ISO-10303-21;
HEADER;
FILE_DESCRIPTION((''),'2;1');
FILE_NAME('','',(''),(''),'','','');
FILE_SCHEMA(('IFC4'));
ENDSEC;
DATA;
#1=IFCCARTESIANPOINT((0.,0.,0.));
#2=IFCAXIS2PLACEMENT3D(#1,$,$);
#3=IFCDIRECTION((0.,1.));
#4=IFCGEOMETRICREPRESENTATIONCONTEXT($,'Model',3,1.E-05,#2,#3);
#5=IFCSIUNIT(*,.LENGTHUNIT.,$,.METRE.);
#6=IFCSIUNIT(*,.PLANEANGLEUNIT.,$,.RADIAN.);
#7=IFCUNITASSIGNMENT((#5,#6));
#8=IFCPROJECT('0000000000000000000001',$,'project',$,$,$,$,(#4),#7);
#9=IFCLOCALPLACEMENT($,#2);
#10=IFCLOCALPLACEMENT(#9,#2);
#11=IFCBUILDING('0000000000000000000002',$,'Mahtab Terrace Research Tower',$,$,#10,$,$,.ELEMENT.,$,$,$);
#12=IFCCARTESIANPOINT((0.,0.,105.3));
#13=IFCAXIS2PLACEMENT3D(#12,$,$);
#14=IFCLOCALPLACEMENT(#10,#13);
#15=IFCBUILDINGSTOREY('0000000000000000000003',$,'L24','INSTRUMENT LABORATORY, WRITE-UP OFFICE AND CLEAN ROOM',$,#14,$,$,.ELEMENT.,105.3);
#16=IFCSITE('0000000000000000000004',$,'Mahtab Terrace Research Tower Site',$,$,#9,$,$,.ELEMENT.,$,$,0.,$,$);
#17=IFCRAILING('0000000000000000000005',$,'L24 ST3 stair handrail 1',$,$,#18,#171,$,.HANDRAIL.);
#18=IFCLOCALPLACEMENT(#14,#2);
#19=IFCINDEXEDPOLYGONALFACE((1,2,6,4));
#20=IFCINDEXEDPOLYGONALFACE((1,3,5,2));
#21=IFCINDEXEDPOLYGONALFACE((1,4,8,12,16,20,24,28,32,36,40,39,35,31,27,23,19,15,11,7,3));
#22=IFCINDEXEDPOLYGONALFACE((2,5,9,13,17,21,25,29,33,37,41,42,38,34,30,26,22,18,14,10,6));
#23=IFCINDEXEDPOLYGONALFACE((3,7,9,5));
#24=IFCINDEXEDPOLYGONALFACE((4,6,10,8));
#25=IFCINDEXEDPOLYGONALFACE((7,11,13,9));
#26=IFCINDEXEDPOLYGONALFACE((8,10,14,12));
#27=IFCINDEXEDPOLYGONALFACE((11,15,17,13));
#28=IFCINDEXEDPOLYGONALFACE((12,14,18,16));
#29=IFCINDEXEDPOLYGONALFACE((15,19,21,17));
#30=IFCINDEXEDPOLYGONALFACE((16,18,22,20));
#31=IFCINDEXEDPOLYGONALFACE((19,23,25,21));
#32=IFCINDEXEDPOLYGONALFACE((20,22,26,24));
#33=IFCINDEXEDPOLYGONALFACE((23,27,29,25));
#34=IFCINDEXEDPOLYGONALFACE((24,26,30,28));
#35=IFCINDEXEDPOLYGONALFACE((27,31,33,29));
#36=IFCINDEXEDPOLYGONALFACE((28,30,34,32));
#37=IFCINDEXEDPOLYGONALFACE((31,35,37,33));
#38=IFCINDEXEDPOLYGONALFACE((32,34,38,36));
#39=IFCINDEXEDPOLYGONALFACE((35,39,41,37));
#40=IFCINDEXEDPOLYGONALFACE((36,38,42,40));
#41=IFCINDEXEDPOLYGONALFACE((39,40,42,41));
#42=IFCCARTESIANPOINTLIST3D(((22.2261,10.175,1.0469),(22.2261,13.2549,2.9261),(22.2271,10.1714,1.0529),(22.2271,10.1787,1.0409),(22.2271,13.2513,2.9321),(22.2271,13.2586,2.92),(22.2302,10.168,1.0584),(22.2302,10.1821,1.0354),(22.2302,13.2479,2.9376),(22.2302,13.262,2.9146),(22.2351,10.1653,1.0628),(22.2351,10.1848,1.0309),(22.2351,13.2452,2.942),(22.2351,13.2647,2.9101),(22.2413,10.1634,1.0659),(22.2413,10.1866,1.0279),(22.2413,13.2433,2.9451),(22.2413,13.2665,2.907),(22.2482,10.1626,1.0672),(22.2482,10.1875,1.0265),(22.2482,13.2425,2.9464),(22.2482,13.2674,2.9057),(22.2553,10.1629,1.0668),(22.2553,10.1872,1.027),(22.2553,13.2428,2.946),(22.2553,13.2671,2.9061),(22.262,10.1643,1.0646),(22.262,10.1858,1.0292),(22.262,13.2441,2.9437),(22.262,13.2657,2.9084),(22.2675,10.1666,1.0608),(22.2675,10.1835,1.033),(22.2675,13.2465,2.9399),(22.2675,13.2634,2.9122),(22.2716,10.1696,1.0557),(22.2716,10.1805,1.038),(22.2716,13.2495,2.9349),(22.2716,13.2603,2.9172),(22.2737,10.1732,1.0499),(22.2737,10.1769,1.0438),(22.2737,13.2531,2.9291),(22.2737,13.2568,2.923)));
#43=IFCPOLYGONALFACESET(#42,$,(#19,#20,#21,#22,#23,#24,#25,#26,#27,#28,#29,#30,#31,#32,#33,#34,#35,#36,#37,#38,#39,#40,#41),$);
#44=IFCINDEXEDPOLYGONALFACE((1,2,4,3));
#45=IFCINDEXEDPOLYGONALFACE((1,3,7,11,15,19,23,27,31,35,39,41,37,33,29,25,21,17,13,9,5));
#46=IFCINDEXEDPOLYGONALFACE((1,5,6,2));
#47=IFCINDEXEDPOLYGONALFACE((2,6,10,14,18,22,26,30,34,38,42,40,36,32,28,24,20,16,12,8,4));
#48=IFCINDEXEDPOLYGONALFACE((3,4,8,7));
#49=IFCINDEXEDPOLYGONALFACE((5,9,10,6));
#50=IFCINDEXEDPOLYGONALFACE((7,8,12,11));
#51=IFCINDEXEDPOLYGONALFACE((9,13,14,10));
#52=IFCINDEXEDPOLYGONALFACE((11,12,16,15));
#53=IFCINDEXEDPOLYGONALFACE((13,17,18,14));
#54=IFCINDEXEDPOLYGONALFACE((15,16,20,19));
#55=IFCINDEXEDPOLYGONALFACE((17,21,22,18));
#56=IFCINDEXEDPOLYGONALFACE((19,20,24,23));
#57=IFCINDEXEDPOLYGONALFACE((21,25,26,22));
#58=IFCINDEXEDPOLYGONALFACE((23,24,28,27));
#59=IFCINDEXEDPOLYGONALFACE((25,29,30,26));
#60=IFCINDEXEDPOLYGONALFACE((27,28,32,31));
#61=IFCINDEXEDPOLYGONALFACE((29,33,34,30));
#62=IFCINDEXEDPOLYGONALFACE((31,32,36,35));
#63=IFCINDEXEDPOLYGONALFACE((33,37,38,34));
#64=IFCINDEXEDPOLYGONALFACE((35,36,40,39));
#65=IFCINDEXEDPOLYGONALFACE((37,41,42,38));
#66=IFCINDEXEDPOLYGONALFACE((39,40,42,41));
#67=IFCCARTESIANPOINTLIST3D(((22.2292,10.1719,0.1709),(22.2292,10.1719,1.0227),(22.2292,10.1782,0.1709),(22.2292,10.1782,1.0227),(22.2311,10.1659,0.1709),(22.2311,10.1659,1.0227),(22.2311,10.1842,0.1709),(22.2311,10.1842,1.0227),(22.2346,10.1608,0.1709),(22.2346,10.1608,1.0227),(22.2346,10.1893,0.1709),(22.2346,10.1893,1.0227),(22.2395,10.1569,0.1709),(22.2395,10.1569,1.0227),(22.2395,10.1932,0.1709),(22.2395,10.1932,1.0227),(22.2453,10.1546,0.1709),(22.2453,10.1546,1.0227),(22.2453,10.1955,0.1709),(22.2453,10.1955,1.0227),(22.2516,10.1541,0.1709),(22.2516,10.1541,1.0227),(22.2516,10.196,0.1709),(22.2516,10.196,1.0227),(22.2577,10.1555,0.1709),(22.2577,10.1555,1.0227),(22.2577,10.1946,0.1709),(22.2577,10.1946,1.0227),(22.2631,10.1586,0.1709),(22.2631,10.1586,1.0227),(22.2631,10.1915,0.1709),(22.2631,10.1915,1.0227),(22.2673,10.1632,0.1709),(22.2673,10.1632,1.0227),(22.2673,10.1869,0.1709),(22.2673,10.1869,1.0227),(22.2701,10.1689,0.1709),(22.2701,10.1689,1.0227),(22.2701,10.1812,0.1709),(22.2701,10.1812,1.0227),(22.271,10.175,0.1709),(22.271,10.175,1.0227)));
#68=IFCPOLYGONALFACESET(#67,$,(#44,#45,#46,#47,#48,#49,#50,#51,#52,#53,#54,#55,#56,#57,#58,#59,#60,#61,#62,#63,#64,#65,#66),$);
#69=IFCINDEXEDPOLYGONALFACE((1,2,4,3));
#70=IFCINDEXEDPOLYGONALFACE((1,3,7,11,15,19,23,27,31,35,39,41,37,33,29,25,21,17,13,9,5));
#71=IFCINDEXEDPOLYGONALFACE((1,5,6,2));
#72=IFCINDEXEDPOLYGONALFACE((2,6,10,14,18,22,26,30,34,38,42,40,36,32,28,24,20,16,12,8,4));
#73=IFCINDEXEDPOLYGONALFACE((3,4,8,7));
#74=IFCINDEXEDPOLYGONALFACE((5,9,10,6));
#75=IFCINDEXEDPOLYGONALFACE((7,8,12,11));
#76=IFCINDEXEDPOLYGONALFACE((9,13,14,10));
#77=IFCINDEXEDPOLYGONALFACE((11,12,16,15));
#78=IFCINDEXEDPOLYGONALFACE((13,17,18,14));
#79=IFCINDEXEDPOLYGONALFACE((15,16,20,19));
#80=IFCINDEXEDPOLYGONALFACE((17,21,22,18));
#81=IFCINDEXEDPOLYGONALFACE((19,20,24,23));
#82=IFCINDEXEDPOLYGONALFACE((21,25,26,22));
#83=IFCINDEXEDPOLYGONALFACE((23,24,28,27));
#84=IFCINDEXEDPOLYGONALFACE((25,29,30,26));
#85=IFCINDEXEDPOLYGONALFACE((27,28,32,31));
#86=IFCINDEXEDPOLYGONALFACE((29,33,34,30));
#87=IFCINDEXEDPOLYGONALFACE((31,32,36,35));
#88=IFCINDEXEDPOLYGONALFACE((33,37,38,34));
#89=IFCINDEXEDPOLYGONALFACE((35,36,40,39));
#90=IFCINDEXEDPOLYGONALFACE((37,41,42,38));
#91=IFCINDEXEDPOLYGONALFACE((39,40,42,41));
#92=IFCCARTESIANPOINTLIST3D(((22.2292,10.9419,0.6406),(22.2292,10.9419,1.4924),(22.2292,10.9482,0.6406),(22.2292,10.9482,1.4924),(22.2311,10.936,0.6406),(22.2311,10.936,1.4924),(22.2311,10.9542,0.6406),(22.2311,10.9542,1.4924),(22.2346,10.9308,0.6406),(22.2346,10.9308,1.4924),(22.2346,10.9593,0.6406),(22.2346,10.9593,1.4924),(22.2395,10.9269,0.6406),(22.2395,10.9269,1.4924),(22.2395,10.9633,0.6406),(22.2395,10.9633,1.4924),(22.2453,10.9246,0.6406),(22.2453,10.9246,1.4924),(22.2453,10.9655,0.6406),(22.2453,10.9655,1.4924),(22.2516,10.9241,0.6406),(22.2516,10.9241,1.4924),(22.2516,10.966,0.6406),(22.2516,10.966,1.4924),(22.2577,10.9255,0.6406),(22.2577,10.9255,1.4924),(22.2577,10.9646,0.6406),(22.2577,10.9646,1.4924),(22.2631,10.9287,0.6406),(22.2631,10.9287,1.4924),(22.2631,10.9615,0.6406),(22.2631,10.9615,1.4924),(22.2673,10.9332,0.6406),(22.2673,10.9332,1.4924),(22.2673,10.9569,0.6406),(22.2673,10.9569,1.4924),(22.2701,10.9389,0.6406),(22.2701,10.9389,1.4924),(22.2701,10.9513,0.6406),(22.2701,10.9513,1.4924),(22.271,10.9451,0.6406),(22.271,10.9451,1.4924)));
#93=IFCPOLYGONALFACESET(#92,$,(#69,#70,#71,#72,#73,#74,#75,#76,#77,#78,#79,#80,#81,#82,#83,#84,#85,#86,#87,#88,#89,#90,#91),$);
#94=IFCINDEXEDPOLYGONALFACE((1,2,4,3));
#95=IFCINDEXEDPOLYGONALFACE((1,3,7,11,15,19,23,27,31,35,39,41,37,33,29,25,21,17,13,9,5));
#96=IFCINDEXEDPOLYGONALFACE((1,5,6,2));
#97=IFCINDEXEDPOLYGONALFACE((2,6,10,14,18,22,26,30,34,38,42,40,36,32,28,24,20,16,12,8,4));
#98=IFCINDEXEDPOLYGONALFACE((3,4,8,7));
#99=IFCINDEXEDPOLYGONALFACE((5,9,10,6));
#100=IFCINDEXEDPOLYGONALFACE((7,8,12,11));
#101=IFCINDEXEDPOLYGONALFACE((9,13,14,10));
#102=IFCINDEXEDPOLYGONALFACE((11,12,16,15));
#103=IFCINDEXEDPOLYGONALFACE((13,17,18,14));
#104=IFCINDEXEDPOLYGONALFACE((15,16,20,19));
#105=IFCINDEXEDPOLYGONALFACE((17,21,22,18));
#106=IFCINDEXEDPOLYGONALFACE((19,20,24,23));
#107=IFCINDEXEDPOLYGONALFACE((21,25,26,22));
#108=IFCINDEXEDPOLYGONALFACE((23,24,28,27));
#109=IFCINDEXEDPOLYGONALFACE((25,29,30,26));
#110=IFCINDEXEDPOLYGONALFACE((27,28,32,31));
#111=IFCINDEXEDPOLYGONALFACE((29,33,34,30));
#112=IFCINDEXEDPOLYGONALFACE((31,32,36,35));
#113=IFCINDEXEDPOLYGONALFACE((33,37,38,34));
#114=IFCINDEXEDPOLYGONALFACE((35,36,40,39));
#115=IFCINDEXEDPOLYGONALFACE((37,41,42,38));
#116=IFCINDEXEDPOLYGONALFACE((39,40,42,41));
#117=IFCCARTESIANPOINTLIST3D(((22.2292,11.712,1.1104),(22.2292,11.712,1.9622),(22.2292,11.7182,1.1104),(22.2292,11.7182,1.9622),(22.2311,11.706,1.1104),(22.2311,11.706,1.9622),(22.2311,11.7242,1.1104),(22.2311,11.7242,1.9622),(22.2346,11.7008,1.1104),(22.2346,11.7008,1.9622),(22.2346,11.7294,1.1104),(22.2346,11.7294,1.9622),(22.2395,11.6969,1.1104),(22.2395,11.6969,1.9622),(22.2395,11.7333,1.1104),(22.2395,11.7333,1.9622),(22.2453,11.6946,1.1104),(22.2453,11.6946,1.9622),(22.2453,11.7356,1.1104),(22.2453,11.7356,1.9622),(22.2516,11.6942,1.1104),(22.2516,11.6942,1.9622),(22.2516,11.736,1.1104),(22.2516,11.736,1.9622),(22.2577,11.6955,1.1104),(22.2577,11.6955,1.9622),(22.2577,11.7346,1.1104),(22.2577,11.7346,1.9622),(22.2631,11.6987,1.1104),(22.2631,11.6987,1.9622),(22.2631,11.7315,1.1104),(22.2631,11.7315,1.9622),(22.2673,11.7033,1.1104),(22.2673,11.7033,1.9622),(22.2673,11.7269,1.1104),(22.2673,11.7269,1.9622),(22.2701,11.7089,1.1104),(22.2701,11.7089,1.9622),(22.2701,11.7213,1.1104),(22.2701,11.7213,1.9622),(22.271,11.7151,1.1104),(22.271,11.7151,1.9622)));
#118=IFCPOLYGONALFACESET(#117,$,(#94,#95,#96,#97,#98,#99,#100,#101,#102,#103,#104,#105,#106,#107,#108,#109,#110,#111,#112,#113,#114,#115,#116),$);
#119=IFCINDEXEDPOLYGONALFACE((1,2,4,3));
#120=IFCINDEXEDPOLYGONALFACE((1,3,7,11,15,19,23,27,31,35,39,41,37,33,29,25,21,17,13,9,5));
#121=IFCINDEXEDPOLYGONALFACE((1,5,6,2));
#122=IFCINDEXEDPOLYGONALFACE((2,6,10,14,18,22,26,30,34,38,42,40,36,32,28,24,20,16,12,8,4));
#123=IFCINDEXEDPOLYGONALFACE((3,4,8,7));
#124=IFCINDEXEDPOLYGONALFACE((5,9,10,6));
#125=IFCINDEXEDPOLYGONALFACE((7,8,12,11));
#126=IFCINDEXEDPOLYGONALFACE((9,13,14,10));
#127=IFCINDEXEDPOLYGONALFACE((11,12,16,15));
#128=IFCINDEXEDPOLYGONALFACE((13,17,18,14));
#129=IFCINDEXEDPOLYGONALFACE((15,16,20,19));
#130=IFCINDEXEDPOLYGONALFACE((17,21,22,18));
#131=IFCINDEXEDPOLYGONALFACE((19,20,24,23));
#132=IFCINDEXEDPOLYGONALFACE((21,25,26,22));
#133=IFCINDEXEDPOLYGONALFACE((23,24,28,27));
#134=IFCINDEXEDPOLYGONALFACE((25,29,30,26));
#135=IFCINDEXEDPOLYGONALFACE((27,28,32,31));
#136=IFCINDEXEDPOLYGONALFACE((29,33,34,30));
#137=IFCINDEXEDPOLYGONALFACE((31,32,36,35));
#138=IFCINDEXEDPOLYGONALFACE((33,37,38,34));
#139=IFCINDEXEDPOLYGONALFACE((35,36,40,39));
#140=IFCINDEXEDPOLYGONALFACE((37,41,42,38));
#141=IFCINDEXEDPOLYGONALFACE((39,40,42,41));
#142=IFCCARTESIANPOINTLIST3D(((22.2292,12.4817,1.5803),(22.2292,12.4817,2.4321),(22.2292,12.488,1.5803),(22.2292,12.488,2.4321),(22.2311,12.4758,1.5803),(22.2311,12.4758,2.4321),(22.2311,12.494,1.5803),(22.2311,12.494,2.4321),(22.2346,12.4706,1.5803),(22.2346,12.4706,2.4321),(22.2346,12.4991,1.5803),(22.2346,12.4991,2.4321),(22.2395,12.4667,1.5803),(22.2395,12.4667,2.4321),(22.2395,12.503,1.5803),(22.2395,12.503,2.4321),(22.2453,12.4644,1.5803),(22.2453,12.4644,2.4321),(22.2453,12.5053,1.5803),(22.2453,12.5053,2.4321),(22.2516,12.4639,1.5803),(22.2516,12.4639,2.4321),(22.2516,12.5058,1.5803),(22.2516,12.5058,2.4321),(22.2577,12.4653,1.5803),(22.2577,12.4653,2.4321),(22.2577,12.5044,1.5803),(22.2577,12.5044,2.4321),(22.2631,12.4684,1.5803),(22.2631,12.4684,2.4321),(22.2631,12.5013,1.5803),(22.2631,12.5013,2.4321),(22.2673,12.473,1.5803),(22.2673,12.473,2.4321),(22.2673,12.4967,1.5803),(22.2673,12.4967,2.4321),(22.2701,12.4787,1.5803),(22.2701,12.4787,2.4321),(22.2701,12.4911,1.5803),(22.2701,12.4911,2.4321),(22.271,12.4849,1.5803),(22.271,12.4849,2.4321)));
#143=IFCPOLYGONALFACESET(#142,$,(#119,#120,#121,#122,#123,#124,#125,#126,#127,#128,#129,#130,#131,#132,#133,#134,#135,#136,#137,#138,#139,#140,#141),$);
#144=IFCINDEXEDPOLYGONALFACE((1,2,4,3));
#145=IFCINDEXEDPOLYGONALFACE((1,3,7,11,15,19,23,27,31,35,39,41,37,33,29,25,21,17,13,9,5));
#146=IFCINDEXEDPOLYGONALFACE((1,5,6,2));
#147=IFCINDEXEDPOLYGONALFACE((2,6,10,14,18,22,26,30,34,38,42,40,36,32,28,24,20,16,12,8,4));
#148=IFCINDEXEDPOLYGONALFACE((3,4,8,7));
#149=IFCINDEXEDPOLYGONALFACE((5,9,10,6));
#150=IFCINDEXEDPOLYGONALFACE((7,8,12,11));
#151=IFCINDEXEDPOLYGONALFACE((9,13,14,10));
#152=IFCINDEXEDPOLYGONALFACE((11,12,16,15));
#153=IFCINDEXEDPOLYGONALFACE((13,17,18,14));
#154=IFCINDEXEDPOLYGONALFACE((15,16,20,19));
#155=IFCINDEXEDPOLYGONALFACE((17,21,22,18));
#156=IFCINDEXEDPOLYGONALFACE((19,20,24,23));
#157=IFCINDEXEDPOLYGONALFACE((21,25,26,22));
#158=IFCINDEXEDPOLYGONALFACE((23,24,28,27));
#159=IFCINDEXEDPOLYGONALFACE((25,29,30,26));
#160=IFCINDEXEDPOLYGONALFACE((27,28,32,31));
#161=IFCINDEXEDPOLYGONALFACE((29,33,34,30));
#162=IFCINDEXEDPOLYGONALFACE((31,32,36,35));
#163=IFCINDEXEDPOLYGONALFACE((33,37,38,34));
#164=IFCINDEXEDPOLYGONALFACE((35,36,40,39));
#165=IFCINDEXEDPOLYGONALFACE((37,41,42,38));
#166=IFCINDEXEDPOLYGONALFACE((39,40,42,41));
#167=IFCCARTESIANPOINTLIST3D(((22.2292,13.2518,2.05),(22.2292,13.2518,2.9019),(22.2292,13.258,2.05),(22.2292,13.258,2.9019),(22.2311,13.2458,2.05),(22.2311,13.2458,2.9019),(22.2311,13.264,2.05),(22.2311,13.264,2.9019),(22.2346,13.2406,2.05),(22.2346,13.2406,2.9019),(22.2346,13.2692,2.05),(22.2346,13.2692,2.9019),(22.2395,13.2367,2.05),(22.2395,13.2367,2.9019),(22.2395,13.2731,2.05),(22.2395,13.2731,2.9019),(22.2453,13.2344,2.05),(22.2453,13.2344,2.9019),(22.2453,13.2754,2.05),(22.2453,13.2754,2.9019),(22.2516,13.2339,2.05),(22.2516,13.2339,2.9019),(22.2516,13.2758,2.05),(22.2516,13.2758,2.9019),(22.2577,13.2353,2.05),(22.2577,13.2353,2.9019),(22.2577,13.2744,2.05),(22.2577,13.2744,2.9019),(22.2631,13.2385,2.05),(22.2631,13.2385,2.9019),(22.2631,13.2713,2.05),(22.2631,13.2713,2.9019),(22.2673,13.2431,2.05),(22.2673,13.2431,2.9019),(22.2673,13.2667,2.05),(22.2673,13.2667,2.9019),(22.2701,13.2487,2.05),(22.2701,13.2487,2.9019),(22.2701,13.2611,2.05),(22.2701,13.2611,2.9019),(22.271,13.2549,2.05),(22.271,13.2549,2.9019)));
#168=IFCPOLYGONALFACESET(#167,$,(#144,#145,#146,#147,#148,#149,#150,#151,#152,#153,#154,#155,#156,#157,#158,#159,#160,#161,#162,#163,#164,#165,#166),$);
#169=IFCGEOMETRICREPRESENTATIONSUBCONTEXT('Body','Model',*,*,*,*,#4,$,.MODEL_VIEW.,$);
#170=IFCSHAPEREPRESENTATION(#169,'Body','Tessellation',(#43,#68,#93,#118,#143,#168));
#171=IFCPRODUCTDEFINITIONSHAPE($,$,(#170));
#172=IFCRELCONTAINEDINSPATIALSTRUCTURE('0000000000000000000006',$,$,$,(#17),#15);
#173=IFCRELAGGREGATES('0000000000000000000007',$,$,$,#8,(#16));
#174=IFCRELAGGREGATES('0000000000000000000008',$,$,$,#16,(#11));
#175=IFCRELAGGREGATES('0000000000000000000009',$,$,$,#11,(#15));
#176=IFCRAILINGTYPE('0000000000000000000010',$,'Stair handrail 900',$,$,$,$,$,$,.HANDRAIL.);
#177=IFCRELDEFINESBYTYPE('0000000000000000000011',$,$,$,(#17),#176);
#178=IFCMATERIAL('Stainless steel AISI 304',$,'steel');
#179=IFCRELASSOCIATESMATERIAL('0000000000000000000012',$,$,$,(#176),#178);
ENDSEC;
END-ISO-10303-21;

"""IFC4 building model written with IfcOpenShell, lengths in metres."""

from ifc_helpers import new_model, si_unit, direction, frame, origin, origin_2d, place, context, subcontext, project, spatial, circle, extrude, material, type_object, element, save


model = new_model("IFC4")

# Units and contexts
model_context = context("Model", 3, precision=1e-05, world=origin(), true_north=direction((0.0, 1.0)))
body_context = subcontext(model_context, "Body", "Model", "MODEL_VIEW")
ifc_project = project(units=[si_unit("LENGTHUNIT", "METRE"), si_unit("PLANEANGLEUNIT", "RADIAN")], contexts=[model_context])

# Site, building, storey
site_placement = place(None, origin())
site = spatial("IfcSite", under=ifc_project, at=site_placement, Name="Mahtab Terrace Research Tower Site", CompositionType="ELEMENT", RefElevation=0.0)
building_placement = place(site_placement, origin())
building = spatial("IfcBuilding", under=site, at=building_placement, Name="Mahtab Terrace Research Tower", CompositionType="ELEMENT")
storey_placement = place(building_placement, frame((0.0, 0.0, 105.3)))
storey = spatial("IfcBuildingStorey", under=building, at=storey_placement, Name="L24", Description="INSTRUMENT LABORATORY, WRITE-UP OFFICE AND CLEAN ROOM", CompositionType="ELEMENT", Elevation=105.3)

# Shared definitions
ifc_material_1 = material(Name="Stainless steel AISI 304", Category="steel")

# Railing
railing_type_1 = type_object("IfcRailingType", Name="Stair handrail 900", PredefinedType="HANDRAIL", material=ifc_material_1)
railing_1_placement = place(storey_placement, frame((22.25, 10.175, 0.1709)))
element("IfcRailing", 1, at=railing_1_placement, inside=storey, type_object=railing_type_1, Name="L24 ST3 stair handrail 1", PredefinedType="HANDRAIL", context=body_context, shape_type="SweptSolid", body=[
    extrude(circle(Radius=0.0239, at=origin_2d()), frame((0.0, 0.0, 0.876), z_axis=(0.0, 0.853648, 0.52085), x_axis=(-1.0, 0.0, 0.0)), (0.0, 0.0, 1.0), 3.6079),
    extrude(circle(Radius=0.021, at=origin_2d()), origin(), (0.0, 0.0, 1.0), 0.8518),
    extrude(circle(Radius=0.021, at=origin_2d()), frame((0.0, 0.77, 0.4697)), (0.0, 0.0, 1.0), 0.8518),
    extrude(circle(Radius=0.021, at=origin_2d()), frame((0.0, 1.54, 0.9395)), (0.0, 0.0, 1.0), 0.8518),
    extrude(circle(Radius=0.021, at=origin_2d()), frame((0.0, 2.3098, 1.4094)), (0.0, 0.0, 1.0), 0.8518),
    extrude(circle(Radius=0.021, at=origin_2d()), frame((0.0, 3.0798, 1.8792)), (0.0, 0.0, 1.0), 0.8518),
])

save(model, "model.ifc")
